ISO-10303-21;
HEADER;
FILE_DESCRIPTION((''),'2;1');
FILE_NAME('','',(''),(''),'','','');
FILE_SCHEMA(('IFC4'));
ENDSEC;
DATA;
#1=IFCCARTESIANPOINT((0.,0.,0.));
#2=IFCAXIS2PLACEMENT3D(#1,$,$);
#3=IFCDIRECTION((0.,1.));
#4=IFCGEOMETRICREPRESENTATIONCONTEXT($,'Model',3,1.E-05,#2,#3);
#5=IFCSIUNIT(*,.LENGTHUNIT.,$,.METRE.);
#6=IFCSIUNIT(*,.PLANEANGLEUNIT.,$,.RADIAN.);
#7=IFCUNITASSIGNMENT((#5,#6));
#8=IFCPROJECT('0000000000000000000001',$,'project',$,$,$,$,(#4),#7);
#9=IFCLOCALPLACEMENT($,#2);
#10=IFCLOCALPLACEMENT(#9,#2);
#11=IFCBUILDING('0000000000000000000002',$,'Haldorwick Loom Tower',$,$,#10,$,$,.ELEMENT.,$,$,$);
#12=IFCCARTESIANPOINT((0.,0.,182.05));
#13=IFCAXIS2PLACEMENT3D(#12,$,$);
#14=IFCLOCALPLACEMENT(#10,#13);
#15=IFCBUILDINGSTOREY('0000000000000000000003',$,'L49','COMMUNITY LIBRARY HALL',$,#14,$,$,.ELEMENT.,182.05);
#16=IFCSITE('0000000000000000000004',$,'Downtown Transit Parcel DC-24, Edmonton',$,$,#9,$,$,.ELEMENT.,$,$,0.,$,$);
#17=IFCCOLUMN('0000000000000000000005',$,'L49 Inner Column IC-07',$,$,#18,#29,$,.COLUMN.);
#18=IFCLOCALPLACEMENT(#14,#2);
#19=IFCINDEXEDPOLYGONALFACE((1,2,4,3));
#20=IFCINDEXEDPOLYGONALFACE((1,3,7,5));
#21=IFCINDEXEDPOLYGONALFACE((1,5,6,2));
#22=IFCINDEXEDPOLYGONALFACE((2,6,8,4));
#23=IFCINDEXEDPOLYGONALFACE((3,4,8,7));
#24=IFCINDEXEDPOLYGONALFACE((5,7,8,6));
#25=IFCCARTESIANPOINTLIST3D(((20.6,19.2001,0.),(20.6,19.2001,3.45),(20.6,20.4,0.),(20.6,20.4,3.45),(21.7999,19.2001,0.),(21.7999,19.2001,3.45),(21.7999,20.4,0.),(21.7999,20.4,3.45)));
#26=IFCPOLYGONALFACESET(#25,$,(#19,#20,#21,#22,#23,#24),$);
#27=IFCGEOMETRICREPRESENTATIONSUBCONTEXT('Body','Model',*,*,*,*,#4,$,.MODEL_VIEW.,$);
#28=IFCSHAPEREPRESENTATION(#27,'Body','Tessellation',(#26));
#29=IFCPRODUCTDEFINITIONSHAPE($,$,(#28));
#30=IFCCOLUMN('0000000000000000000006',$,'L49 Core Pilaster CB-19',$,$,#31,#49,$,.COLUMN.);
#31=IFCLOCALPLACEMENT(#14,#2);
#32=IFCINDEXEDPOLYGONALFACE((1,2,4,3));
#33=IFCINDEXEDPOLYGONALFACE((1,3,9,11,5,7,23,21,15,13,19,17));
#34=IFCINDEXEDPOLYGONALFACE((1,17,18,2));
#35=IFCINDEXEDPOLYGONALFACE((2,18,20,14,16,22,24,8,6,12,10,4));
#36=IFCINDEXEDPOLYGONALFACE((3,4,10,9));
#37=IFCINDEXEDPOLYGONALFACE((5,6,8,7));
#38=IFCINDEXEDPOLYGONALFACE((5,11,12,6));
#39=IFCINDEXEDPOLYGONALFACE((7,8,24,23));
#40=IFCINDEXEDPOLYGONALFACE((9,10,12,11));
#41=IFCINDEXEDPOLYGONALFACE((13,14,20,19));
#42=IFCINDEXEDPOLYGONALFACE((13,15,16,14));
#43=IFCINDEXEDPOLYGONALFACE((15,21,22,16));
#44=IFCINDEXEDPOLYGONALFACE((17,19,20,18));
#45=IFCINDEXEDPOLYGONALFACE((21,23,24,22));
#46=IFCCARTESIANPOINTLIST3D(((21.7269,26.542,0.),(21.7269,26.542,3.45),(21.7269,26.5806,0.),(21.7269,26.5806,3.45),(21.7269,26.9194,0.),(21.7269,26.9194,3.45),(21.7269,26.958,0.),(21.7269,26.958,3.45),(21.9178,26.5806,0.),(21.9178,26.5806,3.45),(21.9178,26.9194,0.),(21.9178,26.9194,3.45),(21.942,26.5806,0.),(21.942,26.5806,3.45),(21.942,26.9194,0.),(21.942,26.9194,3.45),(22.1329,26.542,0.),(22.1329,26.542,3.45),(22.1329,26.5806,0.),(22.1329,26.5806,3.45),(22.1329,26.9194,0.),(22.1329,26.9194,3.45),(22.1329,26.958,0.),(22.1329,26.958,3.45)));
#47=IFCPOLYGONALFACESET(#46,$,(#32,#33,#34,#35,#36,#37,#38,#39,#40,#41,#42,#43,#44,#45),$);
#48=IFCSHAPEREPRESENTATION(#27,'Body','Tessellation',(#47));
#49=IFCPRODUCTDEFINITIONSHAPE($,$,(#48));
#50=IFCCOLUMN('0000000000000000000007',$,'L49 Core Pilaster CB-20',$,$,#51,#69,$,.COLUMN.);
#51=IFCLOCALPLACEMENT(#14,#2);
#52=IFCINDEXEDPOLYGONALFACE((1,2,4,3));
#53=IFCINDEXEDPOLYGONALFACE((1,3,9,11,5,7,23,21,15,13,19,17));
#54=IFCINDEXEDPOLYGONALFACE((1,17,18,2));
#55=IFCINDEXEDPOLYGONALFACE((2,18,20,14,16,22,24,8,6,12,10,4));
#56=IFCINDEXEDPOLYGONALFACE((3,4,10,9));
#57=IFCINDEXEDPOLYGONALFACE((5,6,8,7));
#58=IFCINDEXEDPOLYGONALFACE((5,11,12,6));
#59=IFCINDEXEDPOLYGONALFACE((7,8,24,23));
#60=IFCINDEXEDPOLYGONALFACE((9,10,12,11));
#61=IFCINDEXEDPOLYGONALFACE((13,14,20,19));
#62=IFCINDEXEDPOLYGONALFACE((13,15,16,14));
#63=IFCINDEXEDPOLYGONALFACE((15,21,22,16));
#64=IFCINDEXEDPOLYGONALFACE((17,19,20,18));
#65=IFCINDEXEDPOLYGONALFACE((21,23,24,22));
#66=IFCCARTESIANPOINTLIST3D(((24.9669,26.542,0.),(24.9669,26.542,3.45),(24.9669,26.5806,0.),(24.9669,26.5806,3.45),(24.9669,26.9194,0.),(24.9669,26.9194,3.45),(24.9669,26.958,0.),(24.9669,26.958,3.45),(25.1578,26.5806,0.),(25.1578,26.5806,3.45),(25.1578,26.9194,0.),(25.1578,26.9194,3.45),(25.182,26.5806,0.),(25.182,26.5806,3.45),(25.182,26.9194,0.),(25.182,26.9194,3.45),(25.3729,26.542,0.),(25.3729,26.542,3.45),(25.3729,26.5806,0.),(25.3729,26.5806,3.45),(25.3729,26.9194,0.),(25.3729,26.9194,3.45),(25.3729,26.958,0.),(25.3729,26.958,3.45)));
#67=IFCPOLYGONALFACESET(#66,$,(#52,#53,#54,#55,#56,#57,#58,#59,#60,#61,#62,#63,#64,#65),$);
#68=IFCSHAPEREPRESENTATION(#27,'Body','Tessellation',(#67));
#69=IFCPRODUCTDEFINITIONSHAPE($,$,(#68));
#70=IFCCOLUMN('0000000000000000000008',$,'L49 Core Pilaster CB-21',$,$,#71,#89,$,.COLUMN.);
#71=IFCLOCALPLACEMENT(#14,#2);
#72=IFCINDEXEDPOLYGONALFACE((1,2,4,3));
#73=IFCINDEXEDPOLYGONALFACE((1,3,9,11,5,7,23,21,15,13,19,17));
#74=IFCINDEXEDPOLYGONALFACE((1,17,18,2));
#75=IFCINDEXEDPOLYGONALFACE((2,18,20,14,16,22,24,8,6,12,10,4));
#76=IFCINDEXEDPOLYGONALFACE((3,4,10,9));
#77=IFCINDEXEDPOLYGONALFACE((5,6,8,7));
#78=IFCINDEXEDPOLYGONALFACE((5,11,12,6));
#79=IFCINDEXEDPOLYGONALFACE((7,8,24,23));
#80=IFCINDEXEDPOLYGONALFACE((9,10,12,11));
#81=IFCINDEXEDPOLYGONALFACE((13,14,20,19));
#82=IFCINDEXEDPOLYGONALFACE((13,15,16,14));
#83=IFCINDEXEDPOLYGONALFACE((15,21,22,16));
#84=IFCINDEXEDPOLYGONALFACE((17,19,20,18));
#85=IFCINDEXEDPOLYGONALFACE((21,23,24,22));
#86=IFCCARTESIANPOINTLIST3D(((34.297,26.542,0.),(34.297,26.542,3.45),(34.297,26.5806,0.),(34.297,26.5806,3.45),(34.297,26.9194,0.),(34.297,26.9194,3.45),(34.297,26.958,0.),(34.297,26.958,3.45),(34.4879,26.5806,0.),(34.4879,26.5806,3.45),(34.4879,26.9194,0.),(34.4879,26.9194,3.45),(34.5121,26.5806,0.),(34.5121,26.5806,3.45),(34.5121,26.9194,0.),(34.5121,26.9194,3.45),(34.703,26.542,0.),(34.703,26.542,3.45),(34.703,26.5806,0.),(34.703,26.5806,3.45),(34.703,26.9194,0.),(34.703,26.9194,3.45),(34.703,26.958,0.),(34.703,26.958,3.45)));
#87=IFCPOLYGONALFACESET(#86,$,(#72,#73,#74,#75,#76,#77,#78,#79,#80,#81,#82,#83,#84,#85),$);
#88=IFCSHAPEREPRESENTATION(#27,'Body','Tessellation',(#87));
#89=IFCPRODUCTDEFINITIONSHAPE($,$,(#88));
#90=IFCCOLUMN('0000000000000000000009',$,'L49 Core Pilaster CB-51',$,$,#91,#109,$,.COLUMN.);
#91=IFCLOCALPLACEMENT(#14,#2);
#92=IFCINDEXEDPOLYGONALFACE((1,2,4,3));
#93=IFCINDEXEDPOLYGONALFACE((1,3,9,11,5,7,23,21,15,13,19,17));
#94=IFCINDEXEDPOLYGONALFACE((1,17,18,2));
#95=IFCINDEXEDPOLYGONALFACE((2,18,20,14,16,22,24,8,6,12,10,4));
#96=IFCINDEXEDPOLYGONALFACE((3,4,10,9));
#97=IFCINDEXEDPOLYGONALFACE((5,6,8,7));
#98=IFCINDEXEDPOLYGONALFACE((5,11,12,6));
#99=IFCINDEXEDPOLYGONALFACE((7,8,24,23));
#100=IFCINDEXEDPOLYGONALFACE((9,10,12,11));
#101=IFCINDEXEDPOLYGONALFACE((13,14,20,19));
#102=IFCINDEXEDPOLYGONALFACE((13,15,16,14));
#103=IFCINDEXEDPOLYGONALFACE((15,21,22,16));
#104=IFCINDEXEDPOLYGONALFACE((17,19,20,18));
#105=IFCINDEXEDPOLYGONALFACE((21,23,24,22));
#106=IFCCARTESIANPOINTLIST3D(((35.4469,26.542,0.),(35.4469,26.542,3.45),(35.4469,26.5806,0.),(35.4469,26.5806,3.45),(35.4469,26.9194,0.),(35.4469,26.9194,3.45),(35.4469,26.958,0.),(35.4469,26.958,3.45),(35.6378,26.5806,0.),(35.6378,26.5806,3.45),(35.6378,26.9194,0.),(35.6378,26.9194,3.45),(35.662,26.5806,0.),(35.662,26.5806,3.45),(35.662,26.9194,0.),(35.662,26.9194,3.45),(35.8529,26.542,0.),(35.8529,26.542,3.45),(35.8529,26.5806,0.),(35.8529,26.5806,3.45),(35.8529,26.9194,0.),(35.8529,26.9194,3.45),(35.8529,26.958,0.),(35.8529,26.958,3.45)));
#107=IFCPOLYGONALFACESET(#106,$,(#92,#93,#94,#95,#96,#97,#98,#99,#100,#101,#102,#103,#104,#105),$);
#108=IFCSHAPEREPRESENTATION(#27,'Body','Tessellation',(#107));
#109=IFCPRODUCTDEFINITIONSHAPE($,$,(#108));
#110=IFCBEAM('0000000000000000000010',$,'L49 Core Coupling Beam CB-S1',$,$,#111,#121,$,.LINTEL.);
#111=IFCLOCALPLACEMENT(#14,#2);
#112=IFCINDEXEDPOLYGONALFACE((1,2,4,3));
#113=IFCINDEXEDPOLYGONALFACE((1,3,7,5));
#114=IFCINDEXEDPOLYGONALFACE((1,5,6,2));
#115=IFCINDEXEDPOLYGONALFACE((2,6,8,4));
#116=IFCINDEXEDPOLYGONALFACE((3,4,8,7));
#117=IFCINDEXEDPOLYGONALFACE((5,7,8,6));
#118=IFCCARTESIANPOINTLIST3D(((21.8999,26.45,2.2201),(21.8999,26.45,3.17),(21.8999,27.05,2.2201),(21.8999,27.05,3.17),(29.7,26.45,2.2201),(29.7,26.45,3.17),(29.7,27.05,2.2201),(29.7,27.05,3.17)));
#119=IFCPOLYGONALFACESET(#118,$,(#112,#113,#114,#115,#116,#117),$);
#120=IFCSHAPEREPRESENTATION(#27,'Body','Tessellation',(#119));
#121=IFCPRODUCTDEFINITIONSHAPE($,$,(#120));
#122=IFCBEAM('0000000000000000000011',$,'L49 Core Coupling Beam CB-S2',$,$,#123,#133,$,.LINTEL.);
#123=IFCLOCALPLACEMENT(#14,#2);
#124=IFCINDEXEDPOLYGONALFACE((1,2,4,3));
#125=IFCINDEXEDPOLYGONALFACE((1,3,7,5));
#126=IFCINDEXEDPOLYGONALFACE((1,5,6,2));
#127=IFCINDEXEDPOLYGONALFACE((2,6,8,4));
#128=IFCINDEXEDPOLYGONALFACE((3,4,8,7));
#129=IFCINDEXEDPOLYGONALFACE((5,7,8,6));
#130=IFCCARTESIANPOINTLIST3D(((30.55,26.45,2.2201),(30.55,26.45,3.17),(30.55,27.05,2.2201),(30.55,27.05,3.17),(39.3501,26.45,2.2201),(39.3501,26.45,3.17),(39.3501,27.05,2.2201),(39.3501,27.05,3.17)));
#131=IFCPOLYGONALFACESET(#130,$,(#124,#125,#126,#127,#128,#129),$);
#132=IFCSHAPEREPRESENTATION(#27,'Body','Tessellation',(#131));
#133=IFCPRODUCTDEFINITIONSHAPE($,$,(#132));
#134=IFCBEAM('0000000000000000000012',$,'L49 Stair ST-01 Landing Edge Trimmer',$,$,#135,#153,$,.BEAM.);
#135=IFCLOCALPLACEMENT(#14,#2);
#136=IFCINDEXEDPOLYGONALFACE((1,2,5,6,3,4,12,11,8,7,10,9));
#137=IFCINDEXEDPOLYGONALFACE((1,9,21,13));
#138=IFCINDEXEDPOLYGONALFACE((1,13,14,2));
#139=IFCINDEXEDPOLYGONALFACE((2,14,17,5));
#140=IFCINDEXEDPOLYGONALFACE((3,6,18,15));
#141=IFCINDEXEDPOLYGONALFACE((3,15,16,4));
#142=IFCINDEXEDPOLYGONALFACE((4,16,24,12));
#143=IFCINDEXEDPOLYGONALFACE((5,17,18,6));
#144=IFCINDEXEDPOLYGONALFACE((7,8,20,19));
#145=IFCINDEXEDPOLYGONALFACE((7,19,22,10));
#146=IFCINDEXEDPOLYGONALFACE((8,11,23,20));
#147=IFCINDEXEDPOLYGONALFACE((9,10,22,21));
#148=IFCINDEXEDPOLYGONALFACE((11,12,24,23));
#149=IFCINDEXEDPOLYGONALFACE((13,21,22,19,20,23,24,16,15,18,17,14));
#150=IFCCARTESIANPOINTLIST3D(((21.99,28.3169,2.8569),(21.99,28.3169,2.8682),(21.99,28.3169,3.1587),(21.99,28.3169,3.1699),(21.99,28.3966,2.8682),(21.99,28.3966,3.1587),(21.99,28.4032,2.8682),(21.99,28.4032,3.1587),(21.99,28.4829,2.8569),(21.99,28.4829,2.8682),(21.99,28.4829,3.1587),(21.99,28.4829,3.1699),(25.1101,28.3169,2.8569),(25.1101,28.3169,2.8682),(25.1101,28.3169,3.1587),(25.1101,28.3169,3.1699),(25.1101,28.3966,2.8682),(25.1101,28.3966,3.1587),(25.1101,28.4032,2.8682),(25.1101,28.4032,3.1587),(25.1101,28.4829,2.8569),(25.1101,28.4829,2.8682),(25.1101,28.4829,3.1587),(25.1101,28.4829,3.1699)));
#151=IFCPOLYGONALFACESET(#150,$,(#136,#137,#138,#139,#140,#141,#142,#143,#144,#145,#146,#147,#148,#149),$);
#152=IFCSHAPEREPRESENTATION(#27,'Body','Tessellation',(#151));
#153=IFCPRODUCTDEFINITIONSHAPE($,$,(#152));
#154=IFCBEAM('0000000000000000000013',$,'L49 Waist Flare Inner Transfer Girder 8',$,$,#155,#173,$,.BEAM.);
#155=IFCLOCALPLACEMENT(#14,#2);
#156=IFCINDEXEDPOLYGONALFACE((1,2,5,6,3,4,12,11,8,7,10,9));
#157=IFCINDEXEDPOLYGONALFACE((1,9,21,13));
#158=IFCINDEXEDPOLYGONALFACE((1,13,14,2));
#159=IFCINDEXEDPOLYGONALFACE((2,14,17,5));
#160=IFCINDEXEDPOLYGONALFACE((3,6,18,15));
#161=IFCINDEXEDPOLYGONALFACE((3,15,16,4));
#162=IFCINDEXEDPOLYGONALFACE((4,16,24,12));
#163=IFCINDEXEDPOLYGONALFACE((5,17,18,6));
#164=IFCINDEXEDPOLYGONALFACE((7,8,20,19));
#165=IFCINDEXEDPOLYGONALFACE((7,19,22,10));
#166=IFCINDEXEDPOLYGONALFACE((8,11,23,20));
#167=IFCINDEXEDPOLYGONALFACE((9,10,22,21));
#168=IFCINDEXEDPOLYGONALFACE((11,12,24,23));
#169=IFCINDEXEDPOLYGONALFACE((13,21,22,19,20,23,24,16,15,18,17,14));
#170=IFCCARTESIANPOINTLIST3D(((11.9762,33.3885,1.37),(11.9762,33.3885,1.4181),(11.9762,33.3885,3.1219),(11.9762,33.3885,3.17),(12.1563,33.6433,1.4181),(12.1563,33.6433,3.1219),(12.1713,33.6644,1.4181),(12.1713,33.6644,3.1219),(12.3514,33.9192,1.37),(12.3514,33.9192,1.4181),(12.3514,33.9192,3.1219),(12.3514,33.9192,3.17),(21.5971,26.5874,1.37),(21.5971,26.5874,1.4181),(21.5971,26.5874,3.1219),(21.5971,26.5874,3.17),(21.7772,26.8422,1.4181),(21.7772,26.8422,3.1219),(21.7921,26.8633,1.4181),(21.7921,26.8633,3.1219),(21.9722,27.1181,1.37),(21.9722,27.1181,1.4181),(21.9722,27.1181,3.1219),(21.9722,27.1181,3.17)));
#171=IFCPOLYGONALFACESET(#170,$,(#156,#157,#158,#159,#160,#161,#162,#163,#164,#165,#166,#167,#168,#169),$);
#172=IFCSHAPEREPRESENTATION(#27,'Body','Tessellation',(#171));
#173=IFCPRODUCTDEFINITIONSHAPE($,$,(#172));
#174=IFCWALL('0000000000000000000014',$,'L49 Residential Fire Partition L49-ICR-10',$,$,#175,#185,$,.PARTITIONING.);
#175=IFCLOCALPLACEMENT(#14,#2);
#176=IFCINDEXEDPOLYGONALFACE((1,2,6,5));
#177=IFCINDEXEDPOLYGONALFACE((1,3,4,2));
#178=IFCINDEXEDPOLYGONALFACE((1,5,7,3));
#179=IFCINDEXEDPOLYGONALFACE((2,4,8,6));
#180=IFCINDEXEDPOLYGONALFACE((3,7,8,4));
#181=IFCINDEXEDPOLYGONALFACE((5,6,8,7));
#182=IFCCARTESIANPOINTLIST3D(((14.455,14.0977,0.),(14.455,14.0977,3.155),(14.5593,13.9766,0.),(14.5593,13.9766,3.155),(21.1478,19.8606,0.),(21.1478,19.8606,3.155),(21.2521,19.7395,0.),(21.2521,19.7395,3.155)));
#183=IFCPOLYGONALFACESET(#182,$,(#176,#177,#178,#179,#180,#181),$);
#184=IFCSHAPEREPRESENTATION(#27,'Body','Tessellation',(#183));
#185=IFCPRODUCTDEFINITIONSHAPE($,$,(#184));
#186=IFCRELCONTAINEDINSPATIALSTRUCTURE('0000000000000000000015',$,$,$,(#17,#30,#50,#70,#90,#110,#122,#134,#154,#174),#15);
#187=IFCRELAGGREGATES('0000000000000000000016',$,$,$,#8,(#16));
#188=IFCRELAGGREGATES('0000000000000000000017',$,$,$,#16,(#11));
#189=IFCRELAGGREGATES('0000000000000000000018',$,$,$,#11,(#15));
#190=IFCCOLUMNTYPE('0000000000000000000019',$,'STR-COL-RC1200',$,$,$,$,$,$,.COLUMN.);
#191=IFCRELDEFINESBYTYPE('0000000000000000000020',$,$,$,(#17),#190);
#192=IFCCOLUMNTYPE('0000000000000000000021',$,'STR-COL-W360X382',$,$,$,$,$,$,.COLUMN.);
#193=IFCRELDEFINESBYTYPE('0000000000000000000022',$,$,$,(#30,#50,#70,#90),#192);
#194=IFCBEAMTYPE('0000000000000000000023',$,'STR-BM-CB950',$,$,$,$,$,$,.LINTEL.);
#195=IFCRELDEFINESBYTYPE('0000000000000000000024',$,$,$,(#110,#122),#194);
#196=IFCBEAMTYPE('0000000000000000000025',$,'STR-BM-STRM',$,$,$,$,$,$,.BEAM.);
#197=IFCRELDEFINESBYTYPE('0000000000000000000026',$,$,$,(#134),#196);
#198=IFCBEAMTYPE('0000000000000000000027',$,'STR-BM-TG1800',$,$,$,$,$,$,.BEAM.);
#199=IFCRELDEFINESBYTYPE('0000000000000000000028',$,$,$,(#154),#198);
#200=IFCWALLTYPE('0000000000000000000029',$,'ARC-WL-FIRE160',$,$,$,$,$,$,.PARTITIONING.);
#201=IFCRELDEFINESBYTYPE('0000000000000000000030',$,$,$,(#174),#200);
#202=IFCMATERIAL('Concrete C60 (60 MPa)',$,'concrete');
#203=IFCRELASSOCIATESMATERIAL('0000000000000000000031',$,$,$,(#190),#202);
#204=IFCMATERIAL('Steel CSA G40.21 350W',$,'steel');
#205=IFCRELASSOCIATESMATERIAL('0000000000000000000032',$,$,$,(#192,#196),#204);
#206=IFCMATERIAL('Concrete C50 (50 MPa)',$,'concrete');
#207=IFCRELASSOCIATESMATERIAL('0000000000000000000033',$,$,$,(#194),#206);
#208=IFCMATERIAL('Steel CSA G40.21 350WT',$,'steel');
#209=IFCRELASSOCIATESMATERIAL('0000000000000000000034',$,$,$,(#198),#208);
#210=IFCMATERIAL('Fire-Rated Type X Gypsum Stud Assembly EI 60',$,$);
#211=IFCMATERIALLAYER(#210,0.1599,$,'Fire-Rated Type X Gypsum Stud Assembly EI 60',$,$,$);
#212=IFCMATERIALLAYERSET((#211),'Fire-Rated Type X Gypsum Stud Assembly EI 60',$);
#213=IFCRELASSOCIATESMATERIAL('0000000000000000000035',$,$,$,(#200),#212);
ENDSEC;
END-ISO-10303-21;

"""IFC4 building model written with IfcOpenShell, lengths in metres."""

from ifc_helpers import new_model, si_unit, direction, frame, frame_2d, origin, origin_2d, place, context, subcontext, project, spatial, rectangle, i_section, extrude, material, layer, layer_set, material_profile, profile_set, type_object, element, save


model = new_model("IFC4")

# Units and contexts
model_context = context("Model", 3, precision=1e-05, world=origin(), true_north=direction((0.0, 1.0)))
body_context = subcontext(model_context, "Body", "Model", "MODEL_VIEW")
ifc_project = project(units=[si_unit("LENGTHUNIT", "METRE"), si_unit("PLANEANGLEUNIT", "RADIAN")], contexts=[model_context])

# Site, building, storey
site_placement = place(None, origin())
site = spatial("IfcSite", under=ifc_project, at=site_placement, Name="Downtown Transit Parcel DC-24, Edmonton", CompositionType="ELEMENT", RefElevation=0.0)
building_placement = place(site_placement, origin())
building = spatial("IfcBuilding", under=site, at=building_placement, Name="Haldorwick Loom Tower", CompositionType="ELEMENT")
storey_placement = place(building_placement, frame((0.0, 0.0, 182.05)))
storey = spatial("IfcBuildingStorey", under=building, at=storey_placement, Name="L49", Description="COMMUNITY LIBRARY HALL", CompositionType="ELEMENT", Elevation=182.05)

# Columns
ifc_material_1 = material(Name="Concrete C60 (60 MPa)", Category="concrete")
ifc_material_profile_1 = material_profile(ifc_material_1, rectangle(XDim=1.2, YDim=1.2, at=origin_2d()), Name="RC1200X1200", Category="concrete")
ifc_profile_set_1 = profile_set([ifc_material_profile_1], Name="Concrete C60 (60 MPa)")
column_type_1 = type_object("IfcColumnType", Name="STR-COL-RC1200", PredefinedType="COLUMN", material=ifc_profile_set_1)
column_placement = place(storey_placement, frame((21.2, 19.8, 0.0), z_axis=(0.0, 0.0, 1.0), x_axis=(1.0, 0.0, 0.0)))
element("IfcColumn", 1, at=column_placement, inside=storey, type_object=column_type_1, Name="L49 Inner Column IC-07", PredefinedType="COLUMN", context=body_context, shape_type="SweptSolid", body=[
    extrude(rectangle(XDim=1.2, YDim=1.2, at=origin_2d()), origin(), (0.0, 0.0, 1.0), 3.45),
])
ifc_material_2 = material(Name="Steel CSA G40.21 350W", Category="steel")
ifc_material_profile_2 = material_profile(ifc_material_2, i_section(OverallWidth=0.406, OverallDepth=0.416, WebThickness=0.0242, FlangeThickness=0.0386, at=origin_2d()), Name="W360X382", Category="steel")
ifc_profile_set_2 = profile_set([ifc_material_profile_2], Name="Steel CSA G40.21 350W")
column_type_2 = type_object("IfcColumnType", Name="STR-COL-W360X382", PredefinedType="COLUMN", material=ifc_profile_set_2)
for number, where, z_axis, x_axis, name in (
    (2, (21.9299, 26.75, 0.0), (0.0, 0.0, 1.0), (1.0, 0.0, 0.0), "L49 Core Pilaster CB-19"),
    (3, (25.1699, 26.75, 0.0), (0.0, 0.0, 1.0), (1.0, 0.0, 0.0), "L49 Core Pilaster CB-20"),
    (4, (34.5, 26.75, 0.0), (0.0, 0.0, 1.0), (1.0, 0.0, 0.0), "L49 Core Pilaster CB-21"),
    (5, (35.6499, 26.75, 0.0), (0.0, 0.0, 1.0), (1.0, 0.0, 0.0), "L49 Core Pilaster CB-51"),
):
    element("IfcColumn", number, at=place(storey_placement, frame(where, z_axis=z_axis, x_axis=x_axis)), inside=storey, type_object=column_type_2, Name=name, PredefinedType="COLUMN", context=body_context, shape_type="SweptSolid", body=[
        extrude(i_section(OverallWidth=0.406, OverallDepth=0.416, WebThickness=0.0242, FlangeThickness=0.0386, at=origin_2d()), origin(), (0.0, 0.0, 1.0), 3.45),
    ])

# Beams
ifc_material_3 = material(Name="Concrete C50 (50 MPa)", Category="concrete")
ifc_material_profile_3 = material_profile(ifc_material_3, rectangle(XDim=0.6001, YDim=0.95, at=origin_2d()), Name="RC600X950", Category="concrete")
ifc_profile_set_3 = profile_set([ifc_material_profile_3], Name="Concrete C50 (50 MPa)")
beam_type_1 = type_object("IfcBeamType", Name="STR-BM-CB950", PredefinedType="LINTEL", material=ifc_profile_set_3)
beam_1_placement = place(storey_placement, frame((21.8999, 26.75, 2.6951), z_axis=(1.0, 0.0, 0.0), x_axis=(0.0, 1.0, 0.0)))
element("IfcBeam", 6, at=beam_1_placement, inside=storey, type_object=beam_type_1, Name="L49 Core Coupling Beam CB-S1", PredefinedType="LINTEL", context=body_context, shape_type="SweptSolid", body=[
    extrude(rectangle(XDim=0.6001, YDim=0.95, at=origin_2d()), origin(), (0.0, 0.0, 1.0), 7.8),
])
beam_2_placement = place(storey_placement, frame((30.55, 26.75, 2.6951), z_axis=(1.0, 0.0, 0.0), x_axis=(0.0, 1.0, 0.0)))
element("IfcBeam", 7, at=beam_2_placement, inside=storey, type_object=beam_type_1, Name="L49 Core Coupling Beam CB-S2", PredefinedType="LINTEL", context=body_context, shape_type="SweptSolid", body=[
    extrude(rectangle(XDim=0.6001, YDim=0.95, at=origin_2d()), origin(), (0.0, 0.0, 1.0), 8.8),
])
ifc_material_profile_4 = material_profile(ifc_material_2, i_section(OverallWidth=0.166, OverallDepth=0.313, WebThickness=0.0066, FlangeThickness=0.0112, at=origin_2d()), Name="W310X45", Category="steel")
ifc_profile_set_4 = profile_set([ifc_material_profile_4], Name="Steel CSA G40.21 350W")
beam_type_2 = type_object("IfcBeamType", Name="STR-BM-STRM", PredefinedType="BEAM", material=ifc_profile_set_4)
beam_3_placement = place(storey_placement, frame((21.99, 28.3999, 3.0134), z_axis=(1.0, 0.0, 0.0), x_axis=(0.0, 1.0, 0.0)))
element("IfcBeam", 8, at=beam_3_placement, inside=storey, type_object=beam_type_2, Name="L49 Stair ST-01 Landing Edge Trimmer", PredefinedType="BEAM", context=body_context, shape_type="SweptSolid", body=[
    extrude(i_section(OverallWidth=0.166, OverallDepth=0.313, WebThickness=0.0066, FlangeThickness=0.0112, at=origin_2d()), origin(), (0.0, 0.0, 1.0), 3.1201),
])
ifc_material_4 = material(Name="Steel CSA G40.21 350WT", Category="steel")
ifc_material_profile_5 = material_profile(ifc_material_4, i_section(OverallWidth=0.6499, OverallDepth=1.8, WebThickness=0.0259, FlangeThickness=0.0481, at=origin_2d()), Name="WWF1800X650", Category="steel")
ifc_profile_set_5 = profile_set([ifc_material_profile_5], Name="Steel CSA G40.21 350WT")
beam_type_3 = type_object("IfcBeamType", Name="STR-BM-TG1800", PredefinedType="BEAM", material=ifc_profile_set_5)
beam_4_placement = place(storey_placement, frame((21.7847, 26.8528, 2.27), z_axis=(-0.816574, 0.57724, 0.0), x_axis=(-0.57724, -0.816574, 0.0)))
element("IfcBeam", 9, at=beam_4_placement, inside=storey, type_object=beam_type_3, Name="L49 Waist Flare Inner Transfer Girder 8", PredefinedType="BEAM", context=body_context, shape_type="SweptSolid", body=[
    extrude(i_section(OverallWidth=0.6499, OverallDepth=1.8, WebThickness=0.0259, FlangeThickness=0.0481, at=origin_2d()), origin(), (0.0, 0.0, 1.0), 11.782),
])

# Wall
ifc_material_5 = material(Name="Fire-Rated Type X Gypsum Stud Assembly EI 60")
ifc_layer_1 = layer(ifc_material_5, 0.1599, Name="Fire-Rated Type X Gypsum Stud Assembly EI 60")
ifc_layer_set_1 = layer_set([ifc_layer_1], Name="Fire-Rated Type X Gypsum Stud Assembly EI 60")
wall_type_1 = type_object("IfcWallType", Name="ARC-WL-FIRE160", PredefinedType="PARTITIONING", material=ifc_layer_set_1)
wall_1_placement = place(storey_placement, frame((21.2, 19.8, 0.0), z_axis=(0.0, 0.0, 1.0), x_axis=(-0.757789, -0.652499, 0.0)))
element("IfcWall", 10, at=wall_1_placement, inside=storey, type_object=wall_type_1, Name="L49 Residential Fire Partition L49-ICR-10", PredefinedType="PARTITIONING", context=body_context, shape_type="SweptSolid", body=[
    extrude(rectangle(XDim=8.832, YDim=0.1599, at=frame_2d((4.416, 0.0))), origin(), (0.0, 0.0, 1.0), 3.155),
])

save(model, "model.ifc")
